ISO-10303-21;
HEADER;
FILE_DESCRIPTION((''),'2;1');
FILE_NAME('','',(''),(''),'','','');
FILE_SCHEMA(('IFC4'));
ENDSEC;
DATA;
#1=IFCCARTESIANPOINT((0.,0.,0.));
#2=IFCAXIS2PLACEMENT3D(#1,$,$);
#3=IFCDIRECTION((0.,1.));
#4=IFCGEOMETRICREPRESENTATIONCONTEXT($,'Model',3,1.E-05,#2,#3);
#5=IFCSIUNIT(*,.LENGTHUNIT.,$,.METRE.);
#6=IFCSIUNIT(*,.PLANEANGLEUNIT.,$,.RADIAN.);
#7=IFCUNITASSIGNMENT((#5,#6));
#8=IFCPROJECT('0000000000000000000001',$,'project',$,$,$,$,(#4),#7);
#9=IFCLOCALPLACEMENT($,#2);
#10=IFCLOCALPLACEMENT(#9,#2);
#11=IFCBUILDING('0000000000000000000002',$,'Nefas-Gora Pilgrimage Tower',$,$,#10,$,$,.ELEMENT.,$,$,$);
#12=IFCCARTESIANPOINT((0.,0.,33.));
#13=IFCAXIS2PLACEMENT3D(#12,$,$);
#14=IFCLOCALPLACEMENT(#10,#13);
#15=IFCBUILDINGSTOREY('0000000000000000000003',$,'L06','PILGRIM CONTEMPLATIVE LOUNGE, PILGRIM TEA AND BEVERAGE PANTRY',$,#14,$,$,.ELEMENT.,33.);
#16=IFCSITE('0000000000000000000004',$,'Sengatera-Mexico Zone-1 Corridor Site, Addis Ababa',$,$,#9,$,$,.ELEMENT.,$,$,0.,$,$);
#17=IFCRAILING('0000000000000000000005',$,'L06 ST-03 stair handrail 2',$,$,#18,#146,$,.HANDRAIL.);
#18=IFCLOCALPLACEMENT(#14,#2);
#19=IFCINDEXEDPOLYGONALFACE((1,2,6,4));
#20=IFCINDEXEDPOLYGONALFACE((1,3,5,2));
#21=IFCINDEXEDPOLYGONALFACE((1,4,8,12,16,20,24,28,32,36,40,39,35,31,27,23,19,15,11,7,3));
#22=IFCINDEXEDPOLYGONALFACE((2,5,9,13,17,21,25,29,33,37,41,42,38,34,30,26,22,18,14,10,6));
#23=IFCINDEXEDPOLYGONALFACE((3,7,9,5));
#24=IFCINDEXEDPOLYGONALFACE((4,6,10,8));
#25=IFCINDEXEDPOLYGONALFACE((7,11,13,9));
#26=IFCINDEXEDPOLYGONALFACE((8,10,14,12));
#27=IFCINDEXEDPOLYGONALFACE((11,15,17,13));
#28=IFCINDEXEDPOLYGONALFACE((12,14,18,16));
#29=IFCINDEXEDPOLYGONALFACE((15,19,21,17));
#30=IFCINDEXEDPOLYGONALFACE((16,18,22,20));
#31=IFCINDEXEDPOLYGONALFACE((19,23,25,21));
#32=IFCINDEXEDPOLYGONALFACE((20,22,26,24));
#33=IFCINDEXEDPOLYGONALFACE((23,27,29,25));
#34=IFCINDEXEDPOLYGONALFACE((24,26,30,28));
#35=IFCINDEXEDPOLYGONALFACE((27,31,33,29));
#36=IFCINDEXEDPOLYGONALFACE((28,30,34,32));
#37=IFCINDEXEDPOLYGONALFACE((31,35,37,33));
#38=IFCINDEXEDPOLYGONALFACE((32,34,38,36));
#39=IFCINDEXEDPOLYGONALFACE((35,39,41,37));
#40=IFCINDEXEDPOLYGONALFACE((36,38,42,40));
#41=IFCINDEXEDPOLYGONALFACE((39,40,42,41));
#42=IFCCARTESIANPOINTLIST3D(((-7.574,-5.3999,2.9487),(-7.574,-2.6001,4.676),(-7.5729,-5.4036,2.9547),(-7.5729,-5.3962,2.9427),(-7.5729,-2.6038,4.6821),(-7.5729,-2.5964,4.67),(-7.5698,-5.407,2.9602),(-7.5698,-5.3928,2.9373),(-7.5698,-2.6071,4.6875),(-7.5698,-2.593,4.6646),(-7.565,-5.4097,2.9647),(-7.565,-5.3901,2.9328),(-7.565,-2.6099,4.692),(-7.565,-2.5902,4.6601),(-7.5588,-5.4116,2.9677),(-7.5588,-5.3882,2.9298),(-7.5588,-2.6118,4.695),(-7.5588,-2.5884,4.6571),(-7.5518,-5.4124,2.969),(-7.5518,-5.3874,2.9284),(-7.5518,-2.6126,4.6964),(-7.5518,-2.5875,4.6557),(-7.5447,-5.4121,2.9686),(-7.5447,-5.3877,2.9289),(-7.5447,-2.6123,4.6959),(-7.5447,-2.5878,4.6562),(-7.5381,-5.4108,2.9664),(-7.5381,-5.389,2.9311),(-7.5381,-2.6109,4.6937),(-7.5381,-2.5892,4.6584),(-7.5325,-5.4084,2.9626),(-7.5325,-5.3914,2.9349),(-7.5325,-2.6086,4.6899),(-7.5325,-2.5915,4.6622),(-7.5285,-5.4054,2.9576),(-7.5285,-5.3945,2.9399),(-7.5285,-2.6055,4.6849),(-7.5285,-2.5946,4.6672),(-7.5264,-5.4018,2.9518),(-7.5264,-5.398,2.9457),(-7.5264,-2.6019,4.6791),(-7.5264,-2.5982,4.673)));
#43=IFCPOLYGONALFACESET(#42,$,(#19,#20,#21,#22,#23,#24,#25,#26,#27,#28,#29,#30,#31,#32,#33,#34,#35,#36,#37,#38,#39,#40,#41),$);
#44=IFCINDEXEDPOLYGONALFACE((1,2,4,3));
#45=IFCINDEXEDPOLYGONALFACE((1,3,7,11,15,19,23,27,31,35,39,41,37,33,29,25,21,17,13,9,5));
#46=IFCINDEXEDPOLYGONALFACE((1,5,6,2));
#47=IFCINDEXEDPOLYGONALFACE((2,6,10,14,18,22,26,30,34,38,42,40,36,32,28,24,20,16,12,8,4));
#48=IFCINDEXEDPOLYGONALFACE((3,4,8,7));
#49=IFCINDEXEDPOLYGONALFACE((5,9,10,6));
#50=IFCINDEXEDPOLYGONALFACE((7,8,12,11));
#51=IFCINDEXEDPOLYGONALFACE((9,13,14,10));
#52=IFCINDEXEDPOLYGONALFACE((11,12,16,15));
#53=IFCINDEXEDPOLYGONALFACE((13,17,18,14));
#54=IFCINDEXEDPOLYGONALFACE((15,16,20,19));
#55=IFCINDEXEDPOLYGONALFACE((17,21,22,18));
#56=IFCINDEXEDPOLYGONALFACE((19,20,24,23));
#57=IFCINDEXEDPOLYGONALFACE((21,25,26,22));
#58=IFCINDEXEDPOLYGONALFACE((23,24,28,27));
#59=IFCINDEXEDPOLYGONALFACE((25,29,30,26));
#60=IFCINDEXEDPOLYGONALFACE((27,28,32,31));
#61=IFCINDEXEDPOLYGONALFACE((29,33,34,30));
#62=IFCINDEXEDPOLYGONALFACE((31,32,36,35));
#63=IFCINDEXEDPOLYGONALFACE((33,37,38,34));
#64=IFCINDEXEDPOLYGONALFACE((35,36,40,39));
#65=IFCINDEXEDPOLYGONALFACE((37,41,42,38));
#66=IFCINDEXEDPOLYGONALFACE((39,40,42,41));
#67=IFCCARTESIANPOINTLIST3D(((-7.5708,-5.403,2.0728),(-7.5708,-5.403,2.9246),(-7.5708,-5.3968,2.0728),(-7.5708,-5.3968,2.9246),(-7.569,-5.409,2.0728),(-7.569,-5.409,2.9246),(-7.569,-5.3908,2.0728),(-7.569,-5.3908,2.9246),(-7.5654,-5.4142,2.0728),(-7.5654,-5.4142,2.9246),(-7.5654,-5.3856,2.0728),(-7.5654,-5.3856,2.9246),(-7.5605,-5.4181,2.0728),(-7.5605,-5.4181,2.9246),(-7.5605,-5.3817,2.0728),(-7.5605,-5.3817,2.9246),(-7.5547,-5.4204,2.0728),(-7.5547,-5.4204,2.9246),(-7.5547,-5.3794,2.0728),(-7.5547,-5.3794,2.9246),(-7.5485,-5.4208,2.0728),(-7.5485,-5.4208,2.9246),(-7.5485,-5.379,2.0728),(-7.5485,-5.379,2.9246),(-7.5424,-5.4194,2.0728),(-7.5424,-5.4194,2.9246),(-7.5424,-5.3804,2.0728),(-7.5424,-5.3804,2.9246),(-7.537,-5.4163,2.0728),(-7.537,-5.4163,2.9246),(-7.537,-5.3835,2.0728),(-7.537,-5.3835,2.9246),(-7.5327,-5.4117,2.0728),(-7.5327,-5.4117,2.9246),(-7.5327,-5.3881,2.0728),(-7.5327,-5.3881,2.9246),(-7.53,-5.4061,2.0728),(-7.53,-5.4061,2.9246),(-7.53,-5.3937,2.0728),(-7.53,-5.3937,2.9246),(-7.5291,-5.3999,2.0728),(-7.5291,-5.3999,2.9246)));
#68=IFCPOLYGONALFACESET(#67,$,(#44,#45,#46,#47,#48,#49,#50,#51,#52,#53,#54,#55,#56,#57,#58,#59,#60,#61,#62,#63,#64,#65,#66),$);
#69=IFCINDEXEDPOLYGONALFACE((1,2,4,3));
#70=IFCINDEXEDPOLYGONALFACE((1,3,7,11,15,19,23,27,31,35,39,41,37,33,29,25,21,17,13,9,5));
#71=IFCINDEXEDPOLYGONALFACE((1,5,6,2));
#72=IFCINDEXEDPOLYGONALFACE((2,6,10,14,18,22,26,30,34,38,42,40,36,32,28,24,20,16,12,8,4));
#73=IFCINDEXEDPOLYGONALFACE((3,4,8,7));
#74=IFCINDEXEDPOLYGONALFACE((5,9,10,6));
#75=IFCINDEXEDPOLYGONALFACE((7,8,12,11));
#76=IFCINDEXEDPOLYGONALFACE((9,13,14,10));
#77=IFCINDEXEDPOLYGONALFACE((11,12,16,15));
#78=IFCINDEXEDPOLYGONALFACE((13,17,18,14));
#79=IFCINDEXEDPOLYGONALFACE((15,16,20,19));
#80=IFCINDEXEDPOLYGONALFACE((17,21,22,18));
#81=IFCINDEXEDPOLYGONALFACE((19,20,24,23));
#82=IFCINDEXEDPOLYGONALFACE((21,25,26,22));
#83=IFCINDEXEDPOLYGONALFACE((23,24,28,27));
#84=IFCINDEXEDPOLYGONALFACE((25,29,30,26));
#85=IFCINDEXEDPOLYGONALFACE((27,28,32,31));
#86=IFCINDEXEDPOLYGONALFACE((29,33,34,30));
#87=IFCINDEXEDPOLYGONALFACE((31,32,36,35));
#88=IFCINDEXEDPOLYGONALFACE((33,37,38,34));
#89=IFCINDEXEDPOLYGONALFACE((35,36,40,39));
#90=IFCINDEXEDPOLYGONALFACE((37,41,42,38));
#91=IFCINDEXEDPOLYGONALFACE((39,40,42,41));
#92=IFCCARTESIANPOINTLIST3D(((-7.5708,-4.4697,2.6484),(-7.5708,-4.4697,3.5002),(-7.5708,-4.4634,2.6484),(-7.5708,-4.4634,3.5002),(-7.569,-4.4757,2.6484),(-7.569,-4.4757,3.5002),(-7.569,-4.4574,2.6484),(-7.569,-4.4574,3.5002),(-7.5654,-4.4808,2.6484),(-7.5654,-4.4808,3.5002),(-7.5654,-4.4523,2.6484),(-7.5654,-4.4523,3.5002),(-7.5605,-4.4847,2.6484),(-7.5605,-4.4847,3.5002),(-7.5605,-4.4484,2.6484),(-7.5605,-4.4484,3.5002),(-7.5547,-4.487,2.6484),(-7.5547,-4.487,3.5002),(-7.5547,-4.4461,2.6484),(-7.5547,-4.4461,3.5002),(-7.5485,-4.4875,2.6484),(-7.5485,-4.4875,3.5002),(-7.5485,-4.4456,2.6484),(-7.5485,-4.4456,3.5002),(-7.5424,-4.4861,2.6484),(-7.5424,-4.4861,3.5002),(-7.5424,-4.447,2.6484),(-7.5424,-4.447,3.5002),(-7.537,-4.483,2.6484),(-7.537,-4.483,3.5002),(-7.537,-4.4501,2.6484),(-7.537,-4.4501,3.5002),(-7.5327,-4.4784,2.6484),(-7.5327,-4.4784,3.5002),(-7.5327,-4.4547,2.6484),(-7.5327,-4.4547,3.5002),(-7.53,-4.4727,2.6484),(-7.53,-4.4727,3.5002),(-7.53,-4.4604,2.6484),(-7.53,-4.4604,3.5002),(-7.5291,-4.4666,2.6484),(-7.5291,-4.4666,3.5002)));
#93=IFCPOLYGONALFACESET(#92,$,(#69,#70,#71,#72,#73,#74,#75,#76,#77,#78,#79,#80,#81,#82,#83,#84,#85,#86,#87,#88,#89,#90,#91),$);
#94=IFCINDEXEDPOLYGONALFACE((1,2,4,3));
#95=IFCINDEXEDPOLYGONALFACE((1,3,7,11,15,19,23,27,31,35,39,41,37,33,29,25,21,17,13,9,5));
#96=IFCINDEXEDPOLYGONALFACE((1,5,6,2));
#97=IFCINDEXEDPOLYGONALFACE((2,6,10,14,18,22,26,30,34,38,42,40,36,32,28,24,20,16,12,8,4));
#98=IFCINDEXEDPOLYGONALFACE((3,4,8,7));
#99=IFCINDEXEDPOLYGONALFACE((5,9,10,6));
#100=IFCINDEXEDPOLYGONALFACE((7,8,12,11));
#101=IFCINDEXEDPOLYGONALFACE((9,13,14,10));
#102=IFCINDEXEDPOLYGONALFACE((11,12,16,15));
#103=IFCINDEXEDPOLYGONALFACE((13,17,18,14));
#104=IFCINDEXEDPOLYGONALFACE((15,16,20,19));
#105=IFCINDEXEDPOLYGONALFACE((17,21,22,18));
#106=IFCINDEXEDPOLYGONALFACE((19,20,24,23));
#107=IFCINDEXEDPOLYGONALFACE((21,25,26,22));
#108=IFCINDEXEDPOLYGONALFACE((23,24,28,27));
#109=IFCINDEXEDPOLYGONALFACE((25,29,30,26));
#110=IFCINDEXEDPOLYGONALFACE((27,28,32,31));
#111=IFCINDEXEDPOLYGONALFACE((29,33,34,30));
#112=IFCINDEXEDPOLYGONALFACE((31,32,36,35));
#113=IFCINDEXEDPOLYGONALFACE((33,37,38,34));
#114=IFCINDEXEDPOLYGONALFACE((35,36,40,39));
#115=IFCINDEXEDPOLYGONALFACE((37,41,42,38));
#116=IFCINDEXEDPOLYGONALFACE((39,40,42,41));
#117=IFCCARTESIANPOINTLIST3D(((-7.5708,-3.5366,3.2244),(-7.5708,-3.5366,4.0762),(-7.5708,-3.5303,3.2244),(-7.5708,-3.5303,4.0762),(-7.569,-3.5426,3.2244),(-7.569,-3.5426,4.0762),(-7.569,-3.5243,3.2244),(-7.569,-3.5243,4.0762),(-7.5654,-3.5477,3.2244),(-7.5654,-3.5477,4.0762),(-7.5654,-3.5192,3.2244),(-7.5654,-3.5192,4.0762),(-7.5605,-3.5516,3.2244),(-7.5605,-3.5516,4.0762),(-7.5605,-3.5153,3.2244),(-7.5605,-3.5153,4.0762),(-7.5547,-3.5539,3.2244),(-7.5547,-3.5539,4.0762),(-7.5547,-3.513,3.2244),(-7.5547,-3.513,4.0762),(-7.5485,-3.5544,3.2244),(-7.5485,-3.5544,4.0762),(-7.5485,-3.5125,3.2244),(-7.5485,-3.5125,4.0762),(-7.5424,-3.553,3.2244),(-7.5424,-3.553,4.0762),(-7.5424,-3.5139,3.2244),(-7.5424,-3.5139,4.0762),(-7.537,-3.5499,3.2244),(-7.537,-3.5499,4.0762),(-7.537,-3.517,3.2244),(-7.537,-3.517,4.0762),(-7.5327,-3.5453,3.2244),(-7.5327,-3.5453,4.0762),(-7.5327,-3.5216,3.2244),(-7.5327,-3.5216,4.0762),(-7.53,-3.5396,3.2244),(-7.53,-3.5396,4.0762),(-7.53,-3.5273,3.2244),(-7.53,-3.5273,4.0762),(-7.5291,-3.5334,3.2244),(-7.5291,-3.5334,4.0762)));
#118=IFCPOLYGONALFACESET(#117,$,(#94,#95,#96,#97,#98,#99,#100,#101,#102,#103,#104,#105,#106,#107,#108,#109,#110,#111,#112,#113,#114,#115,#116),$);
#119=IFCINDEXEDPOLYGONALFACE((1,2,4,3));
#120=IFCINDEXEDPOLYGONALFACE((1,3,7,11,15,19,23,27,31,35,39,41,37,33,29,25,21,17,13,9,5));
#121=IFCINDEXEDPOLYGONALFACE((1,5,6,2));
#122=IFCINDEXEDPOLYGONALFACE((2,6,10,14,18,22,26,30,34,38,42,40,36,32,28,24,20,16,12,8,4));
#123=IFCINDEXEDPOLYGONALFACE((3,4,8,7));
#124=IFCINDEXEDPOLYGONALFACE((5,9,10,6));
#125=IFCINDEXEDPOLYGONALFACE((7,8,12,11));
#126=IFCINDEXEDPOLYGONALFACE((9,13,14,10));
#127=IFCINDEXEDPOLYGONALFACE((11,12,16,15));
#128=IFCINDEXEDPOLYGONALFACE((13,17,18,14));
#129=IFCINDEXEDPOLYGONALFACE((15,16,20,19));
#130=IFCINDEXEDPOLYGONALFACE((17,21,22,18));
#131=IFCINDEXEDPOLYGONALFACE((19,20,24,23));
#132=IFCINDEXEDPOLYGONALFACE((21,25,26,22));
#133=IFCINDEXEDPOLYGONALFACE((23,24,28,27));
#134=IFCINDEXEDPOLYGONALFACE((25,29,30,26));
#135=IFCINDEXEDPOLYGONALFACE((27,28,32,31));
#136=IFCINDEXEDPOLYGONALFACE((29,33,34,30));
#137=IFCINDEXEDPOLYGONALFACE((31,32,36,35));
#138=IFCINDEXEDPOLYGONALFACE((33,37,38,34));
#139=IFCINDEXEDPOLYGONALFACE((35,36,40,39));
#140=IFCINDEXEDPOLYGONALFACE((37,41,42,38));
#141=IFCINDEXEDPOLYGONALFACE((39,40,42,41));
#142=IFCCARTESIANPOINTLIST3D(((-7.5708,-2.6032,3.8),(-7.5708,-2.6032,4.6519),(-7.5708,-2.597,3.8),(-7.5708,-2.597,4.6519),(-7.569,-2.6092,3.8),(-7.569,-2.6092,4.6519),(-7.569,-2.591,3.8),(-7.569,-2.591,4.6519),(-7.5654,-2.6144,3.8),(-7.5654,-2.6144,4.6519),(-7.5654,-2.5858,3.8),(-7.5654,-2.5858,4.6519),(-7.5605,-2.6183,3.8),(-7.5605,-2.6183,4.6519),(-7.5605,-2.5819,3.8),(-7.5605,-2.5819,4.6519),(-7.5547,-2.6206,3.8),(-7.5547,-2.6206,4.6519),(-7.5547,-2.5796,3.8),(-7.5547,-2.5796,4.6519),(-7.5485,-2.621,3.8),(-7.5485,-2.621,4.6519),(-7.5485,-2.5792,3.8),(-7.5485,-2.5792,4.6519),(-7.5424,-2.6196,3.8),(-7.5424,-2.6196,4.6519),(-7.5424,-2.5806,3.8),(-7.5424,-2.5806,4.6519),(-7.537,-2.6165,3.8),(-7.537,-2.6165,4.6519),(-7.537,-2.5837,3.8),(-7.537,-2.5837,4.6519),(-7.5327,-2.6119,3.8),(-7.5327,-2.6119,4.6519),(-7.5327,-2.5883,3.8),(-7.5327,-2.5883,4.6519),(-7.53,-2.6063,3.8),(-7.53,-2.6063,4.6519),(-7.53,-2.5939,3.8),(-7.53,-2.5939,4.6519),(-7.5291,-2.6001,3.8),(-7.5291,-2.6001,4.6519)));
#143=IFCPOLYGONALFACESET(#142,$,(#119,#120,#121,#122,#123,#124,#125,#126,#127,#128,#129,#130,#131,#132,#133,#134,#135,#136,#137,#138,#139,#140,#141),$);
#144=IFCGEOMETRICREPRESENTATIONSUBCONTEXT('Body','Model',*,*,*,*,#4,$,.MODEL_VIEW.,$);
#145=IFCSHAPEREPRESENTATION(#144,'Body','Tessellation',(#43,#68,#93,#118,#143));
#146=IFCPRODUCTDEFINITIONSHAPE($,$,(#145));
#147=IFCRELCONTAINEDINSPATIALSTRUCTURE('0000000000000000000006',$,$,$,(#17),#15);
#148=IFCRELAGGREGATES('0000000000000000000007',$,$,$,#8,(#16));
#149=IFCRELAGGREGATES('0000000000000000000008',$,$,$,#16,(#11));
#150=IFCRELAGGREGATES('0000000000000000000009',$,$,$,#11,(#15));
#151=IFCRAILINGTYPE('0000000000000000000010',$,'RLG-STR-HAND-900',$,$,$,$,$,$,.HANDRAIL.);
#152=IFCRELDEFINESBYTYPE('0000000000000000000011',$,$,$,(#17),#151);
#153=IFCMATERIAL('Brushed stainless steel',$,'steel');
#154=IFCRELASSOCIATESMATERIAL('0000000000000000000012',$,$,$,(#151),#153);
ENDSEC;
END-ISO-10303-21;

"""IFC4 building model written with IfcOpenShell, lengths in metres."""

from ifc_helpers import new_model, si_unit, direction, frame, origin, origin_2d, place, context, subcontext, project, spatial, circle, extrude, material, type_object, element, save


model = new_model("IFC4")

# Units and contexts
model_context = context("Model", 3, precision=1e-05, world=origin(), true_north=direction((0.0, 1.0)))
body_context = subcontext(model_context, "Body", "Model", "MODEL_VIEW")
ifc_project = project(units=[si_unit("LENGTHUNIT", "METRE"), si_unit("PLANEANGLEUNIT", "RADIAN")], contexts=[model_context])

# Site, building, storey
site_placement = place(None, origin())
site = spatial("IfcSite", under=ifc_project, at=site_placement, Name="Sengatera-Mexico Zone-1 Corridor Site, Addis Ababa", CompositionType="ELEMENT", RefElevation=0.0)
building_placement = place(site_placement, origin())
building = spatial("IfcBuilding", under=site, at=building_placement, Name="Nefas-Gora Pilgrimage Tower", CompositionType="ELEMENT")
storey_placement = place(building_placement, frame((0.0, 0.0, 33.0)))
storey = spatial("IfcBuildingStorey", under=building, at=storey_placement, Name="L06", Description="PILGRIM CONTEMPLATIVE LOUNGE, PILGRIM TEA AND BEVERAGE PANTRY", CompositionType="ELEMENT", Elevation=33.0)

# Railing
ifc_material_1 = material(Name="Brushed stainless steel", Category="steel")
railing_type = type_object("IfcRailingType", Name="RLG-STR-HAND-900", PredefinedType="HANDRAIL", material=ifc_material_1)
railing_placement = place(storey_placement, frame((-7.55, -5.3999, 2.0728)))
element("IfcRailing", 1, at=railing_placement, inside=storey, type_object=railing_type, Name="L06 ST-03 stair handrail 2", PredefinedType="HANDRAIL", context=body_context, shape_type="SweptSolid", body=[
    extrude(circle(Radius=0.0239, at=origin_2d()), frame((0.0, 0.0, 0.876), z_axis=(0.0, 0.851069, 0.525054), x_axis=(-1.0, 0.0, 0.0)), (0.0, 0.0, 1.0), 3.2898),
    extrude(circle(Radius=0.021, at=origin_2d()), origin(), (0.0, 0.0, 1.0), 0.8518),
    extrude(circle(Radius=0.021, at=origin_2d()), frame((0.0, 0.9333, 0.5757)), (0.0, 0.0, 1.0), 0.8518),
    extrude(circle(Radius=0.021, at=origin_2d()), frame((0.0, 1.8665, 1.1516)), (0.0, 0.0, 1.0), 0.8518),
    extrude(circle(Radius=0.021, at=origin_2d()), frame((0.0, 2.7998, 1.7273)), (0.0, 0.0, 1.0), 0.8518),
])

save(model, "model.ifc")
